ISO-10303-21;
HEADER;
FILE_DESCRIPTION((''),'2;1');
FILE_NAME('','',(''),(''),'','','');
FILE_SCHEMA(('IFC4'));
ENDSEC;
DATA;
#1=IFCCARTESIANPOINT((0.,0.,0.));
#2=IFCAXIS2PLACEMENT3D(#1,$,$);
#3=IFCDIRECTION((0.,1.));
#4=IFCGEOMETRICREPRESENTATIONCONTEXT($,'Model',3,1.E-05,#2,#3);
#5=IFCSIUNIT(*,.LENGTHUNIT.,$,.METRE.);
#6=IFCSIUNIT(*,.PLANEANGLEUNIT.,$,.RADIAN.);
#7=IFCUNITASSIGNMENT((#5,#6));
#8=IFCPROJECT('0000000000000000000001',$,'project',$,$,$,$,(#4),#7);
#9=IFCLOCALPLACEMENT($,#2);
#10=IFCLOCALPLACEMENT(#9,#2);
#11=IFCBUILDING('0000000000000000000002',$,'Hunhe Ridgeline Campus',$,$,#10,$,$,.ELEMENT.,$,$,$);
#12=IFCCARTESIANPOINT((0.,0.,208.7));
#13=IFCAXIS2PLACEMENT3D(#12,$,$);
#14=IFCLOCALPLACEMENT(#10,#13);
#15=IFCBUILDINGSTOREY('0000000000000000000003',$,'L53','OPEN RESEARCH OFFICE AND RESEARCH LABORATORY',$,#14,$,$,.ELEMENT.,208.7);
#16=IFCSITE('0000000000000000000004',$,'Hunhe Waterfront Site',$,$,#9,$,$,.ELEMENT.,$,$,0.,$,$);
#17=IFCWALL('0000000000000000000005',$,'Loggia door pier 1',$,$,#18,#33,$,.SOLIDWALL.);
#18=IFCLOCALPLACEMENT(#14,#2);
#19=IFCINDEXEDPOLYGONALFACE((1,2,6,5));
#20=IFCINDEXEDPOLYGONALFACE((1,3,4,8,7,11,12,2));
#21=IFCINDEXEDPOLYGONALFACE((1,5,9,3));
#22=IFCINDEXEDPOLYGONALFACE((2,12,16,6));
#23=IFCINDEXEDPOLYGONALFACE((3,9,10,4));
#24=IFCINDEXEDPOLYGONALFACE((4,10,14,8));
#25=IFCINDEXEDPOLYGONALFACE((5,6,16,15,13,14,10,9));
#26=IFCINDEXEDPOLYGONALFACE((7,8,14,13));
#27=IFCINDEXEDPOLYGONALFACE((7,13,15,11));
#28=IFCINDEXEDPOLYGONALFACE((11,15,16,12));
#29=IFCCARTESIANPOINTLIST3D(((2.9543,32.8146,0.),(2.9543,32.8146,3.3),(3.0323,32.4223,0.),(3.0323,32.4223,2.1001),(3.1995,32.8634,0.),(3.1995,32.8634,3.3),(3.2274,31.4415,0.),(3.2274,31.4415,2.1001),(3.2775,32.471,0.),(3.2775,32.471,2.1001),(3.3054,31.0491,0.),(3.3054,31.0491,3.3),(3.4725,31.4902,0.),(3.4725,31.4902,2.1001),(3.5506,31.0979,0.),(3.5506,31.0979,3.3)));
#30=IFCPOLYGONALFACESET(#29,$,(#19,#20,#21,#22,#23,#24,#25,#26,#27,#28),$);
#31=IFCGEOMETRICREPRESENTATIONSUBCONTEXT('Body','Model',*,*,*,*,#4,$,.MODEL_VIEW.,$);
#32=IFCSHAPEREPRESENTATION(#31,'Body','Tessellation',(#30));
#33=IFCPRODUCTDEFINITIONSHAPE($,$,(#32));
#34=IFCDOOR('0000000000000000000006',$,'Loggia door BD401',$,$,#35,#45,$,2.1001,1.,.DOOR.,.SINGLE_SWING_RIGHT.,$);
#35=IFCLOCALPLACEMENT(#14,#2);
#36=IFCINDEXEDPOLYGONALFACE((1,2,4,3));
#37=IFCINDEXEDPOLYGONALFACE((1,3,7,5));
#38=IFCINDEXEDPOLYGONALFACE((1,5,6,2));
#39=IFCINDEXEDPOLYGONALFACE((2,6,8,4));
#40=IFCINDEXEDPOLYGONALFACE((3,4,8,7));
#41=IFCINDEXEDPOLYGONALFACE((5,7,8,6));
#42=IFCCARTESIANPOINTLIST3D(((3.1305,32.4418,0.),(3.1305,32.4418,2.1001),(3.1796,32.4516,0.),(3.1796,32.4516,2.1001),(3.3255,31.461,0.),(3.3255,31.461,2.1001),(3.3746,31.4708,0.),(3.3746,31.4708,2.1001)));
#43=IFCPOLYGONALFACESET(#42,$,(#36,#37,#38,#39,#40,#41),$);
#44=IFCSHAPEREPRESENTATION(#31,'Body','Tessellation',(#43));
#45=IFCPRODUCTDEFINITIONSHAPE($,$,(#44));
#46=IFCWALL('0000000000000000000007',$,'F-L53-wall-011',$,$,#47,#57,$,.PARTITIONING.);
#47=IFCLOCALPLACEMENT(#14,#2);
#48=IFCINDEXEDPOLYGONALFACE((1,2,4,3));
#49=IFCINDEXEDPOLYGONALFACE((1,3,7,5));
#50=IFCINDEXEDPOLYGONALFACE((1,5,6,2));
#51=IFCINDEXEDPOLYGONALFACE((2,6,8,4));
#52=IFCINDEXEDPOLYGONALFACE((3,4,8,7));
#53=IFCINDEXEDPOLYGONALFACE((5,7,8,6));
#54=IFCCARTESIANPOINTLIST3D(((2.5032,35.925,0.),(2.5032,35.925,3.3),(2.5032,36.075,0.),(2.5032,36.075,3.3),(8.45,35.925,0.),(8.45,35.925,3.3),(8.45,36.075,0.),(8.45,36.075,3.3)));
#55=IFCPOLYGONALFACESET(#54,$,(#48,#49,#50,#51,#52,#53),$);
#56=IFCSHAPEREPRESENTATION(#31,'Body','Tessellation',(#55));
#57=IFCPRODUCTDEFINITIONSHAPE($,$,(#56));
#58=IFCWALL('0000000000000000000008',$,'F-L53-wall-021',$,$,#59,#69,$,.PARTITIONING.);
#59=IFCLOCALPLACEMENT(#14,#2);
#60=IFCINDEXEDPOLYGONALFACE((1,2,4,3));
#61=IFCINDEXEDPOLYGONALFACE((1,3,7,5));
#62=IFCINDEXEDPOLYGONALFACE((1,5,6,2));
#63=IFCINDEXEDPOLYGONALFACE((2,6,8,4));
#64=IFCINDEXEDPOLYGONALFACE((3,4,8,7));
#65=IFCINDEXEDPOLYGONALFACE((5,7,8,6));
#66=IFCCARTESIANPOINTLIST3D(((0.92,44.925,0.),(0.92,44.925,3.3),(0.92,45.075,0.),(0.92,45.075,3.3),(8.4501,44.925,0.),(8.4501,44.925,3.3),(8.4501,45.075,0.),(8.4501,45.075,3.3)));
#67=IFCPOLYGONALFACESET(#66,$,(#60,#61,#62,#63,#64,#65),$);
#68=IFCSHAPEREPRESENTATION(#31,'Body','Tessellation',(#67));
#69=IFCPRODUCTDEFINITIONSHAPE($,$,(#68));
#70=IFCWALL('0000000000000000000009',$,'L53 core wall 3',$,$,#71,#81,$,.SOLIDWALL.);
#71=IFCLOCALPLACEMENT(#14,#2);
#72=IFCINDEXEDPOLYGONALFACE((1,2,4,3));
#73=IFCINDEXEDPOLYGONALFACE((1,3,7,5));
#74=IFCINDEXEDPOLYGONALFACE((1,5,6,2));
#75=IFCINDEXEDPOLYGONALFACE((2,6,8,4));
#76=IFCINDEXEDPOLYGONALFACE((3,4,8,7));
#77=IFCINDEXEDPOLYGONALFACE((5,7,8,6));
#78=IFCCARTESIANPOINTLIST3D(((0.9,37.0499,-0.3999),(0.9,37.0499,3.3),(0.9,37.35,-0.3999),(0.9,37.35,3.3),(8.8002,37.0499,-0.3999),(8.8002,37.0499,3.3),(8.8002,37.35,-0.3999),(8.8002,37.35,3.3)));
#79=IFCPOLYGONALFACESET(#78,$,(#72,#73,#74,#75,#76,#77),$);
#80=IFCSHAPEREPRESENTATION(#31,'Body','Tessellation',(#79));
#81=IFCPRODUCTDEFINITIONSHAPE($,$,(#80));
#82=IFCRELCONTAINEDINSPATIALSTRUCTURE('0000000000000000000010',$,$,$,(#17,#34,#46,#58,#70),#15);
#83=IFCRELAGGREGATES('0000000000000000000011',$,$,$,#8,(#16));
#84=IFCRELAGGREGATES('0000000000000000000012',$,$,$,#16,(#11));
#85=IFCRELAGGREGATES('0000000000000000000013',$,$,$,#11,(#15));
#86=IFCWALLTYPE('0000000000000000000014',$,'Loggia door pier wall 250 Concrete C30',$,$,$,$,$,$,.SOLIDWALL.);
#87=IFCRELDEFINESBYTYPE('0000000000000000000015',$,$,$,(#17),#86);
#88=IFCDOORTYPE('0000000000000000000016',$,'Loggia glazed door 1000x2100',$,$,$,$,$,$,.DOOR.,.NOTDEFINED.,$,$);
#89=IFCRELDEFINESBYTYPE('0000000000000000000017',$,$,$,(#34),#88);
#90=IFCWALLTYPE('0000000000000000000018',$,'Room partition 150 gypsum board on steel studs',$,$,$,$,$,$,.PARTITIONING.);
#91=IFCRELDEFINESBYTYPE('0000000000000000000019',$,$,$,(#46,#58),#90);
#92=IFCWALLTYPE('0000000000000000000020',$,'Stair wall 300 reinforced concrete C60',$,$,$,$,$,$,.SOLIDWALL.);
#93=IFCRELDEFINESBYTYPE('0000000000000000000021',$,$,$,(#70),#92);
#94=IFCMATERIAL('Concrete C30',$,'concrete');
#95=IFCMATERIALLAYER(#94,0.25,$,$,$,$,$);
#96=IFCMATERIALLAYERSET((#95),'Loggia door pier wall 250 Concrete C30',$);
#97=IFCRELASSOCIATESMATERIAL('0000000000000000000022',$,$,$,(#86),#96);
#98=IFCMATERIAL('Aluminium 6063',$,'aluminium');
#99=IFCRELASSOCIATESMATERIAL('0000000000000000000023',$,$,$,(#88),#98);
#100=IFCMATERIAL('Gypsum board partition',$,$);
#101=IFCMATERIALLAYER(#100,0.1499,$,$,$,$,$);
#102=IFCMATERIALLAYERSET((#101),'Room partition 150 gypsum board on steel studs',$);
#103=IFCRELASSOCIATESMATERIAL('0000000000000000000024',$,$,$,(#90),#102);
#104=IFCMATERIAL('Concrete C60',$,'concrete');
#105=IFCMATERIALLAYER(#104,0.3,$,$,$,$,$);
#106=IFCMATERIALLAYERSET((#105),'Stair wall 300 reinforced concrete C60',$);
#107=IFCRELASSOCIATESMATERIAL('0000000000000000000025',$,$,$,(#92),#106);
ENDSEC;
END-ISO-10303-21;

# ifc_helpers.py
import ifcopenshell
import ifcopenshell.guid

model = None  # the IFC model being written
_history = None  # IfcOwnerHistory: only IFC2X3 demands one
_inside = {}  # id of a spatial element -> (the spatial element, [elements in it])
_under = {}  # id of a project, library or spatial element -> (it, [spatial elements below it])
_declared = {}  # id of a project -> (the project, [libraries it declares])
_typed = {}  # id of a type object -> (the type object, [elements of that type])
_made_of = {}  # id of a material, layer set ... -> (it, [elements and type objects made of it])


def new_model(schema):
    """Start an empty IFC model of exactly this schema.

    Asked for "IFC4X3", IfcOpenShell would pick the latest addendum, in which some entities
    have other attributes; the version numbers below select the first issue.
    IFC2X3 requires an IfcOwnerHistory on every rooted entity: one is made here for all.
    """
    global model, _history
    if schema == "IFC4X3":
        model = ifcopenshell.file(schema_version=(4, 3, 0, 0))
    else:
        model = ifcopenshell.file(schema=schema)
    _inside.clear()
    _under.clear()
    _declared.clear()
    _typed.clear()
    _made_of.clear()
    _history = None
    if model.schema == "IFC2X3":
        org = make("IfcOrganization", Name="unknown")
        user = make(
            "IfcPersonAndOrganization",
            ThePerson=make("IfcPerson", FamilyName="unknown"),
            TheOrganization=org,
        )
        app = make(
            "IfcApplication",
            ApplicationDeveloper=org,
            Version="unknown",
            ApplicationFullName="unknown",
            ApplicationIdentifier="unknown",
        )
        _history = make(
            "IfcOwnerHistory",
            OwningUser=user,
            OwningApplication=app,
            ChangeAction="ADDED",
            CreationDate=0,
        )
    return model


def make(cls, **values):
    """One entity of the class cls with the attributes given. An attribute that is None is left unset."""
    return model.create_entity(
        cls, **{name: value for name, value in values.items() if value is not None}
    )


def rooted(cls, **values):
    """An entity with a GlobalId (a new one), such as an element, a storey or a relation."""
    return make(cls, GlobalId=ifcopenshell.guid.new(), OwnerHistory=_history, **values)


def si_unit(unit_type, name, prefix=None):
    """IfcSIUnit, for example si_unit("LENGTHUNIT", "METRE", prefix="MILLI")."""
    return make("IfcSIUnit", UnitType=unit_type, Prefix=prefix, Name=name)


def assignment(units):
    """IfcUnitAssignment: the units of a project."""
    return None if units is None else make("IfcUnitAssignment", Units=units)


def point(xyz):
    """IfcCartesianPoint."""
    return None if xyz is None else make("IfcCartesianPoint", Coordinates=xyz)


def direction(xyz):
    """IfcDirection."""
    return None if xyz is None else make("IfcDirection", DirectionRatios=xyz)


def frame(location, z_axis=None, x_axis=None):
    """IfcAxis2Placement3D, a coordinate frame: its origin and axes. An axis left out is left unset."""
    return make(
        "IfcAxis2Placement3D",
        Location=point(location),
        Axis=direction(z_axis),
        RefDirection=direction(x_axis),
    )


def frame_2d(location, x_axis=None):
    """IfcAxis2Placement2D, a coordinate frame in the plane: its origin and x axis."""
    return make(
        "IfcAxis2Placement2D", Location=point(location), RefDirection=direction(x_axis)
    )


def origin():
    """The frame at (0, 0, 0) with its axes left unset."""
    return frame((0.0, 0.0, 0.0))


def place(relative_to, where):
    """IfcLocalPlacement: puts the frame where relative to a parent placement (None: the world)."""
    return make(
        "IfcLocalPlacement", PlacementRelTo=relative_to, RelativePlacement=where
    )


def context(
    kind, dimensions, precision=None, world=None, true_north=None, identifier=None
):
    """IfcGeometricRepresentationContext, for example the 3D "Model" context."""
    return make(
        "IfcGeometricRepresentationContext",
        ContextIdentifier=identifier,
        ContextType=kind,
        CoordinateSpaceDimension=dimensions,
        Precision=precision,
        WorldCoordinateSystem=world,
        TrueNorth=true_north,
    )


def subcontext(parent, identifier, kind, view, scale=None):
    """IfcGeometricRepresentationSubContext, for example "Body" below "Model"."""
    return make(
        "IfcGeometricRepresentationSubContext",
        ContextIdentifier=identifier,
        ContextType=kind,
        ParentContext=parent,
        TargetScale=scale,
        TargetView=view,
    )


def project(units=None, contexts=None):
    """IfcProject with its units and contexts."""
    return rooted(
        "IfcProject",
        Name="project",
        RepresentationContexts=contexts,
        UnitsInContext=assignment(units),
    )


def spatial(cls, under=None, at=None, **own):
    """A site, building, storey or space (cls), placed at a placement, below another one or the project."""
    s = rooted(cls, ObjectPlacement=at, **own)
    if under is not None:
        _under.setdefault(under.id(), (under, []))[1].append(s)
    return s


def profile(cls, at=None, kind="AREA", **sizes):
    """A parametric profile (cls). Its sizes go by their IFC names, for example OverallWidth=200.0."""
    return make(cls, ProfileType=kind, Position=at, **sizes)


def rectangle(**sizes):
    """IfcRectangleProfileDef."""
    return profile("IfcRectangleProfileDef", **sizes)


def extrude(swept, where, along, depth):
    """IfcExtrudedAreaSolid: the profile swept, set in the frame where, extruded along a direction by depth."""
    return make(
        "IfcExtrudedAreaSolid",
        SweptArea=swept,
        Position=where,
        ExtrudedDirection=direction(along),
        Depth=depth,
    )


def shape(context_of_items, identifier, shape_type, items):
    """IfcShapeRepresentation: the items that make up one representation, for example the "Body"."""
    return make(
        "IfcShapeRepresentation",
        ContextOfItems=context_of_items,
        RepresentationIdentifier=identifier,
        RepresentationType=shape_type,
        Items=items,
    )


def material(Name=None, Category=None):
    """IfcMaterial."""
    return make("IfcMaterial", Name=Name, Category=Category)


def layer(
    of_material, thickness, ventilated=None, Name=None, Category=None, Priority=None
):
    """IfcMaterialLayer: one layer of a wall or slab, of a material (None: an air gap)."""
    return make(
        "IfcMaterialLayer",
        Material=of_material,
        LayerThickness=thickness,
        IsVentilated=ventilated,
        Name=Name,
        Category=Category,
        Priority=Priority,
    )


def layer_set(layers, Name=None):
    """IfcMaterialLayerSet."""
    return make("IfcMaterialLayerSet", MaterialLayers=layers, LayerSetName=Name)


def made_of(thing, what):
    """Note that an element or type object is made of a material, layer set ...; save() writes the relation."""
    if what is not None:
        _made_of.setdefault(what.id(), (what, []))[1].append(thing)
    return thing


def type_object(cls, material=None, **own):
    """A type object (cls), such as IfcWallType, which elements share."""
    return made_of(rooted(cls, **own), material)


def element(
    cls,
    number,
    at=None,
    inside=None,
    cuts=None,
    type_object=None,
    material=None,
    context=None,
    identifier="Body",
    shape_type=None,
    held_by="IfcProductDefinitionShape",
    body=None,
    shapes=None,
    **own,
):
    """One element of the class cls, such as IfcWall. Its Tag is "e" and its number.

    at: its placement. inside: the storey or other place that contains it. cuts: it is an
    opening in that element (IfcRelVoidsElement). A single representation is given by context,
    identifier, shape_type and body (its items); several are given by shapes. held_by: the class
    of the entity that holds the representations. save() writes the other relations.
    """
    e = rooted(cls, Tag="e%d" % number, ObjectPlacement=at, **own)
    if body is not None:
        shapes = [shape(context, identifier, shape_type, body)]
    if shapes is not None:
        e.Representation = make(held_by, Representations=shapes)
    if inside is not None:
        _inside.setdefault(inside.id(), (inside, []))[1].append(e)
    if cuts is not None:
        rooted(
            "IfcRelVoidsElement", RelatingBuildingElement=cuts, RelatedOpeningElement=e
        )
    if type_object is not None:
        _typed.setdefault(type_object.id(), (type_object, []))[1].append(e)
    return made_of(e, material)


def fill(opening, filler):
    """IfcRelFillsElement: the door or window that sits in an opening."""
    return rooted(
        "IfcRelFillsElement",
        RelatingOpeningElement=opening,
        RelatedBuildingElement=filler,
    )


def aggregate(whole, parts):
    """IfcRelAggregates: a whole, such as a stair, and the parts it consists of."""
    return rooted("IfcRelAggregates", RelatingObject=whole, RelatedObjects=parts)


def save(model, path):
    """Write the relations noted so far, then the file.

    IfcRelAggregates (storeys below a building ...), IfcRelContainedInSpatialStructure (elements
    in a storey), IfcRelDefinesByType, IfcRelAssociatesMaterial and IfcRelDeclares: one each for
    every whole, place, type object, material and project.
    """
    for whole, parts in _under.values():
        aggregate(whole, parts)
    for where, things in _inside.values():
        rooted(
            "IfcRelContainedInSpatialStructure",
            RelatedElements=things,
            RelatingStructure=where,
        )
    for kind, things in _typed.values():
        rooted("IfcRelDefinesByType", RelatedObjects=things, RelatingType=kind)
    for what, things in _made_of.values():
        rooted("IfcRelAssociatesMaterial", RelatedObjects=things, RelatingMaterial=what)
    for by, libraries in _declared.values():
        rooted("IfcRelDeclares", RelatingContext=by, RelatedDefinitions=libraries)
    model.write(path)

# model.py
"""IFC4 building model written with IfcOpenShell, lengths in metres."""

from ifc_helpers import new_model, si_unit, direction, frame, frame_2d, origin, place, context, subcontext, project, spatial, rectangle, extrude, material, layer, layer_set, type_object, element, fill, save


model = new_model("IFC4")

# Units and contexts
model_context = context("Model", 3, precision=1e-05, world=origin(), true_north=direction((0.0, 1.0)))
body_context = subcontext(model_context, "Body", "Model", "MODEL_VIEW")
ifc_project = project(units=[si_unit("LENGTHUNIT", "METRE"), si_unit("PLANEANGLEUNIT", "RADIAN")], contexts=[model_context])

# Site, building, storey
site_placement = place(None, origin())
site = spatial("IfcSite", under=ifc_project, at=site_placement, Name="Hunhe Waterfront Site", CompositionType="ELEMENT", RefElevation=0.0)
building_placement = place(site_placement, origin())
building = spatial("IfcBuilding", under=site, at=building_placement, Name="Hunhe Ridgeline Campus", CompositionType="ELEMENT")
storey_placement = place(building_placement, frame((0.0, 0.0, 208.7)))
storey = spatial("IfcBuildingStorey", under=building, at=storey_placement, Name="L53", Description="OPEN RESEARCH OFFICE AND RESEARCH LABORATORY", CompositionType="ELEMENT", Elevation=208.7)

# Shared definitions
ifc_material_1 = material(Name="Concrete C60", Category="concrete")

# Shared definitions
ifc_material_2 = material(Name="Aluminium 6063", Category="aluminium")

# Shared definitions
ifc_material_3 = material(Name="Concrete C30", Category="concrete")

# Wall, opening, door
ifc_layer_1 = layer(ifc_material_3, 0.25)
ifc_layer_set_1 = layer_set([ifc_layer_1], Name="Loggia door pier wall 250 Concrete C30")
wall_type_1 = type_object("IfcWallType", Name="Loggia door pier wall 250 Concrete C30", PredefinedType="SOLIDWALL", material=ifc_layer_set_1)
wall_1_placement = place(storey_placement, frame((3.0769, 32.8389, 0.0), z_axis=(0.0, 0.0, 1.0), x_axis=(0.195047, -0.980794, 0.0)))
wall_1 = element("IfcWall", 1, at=wall_1_placement, inside=storey, type_object=wall_type_1, Name="Loggia door pier 1", PredefinedType="SOLIDWALL", context=body_context, shape_type="SweptSolid", body=[
    extrude(rectangle(XDim=1.8, YDim=0.25, at=frame_2d((0.8999, 0.0))), origin(), (0.0, 0.0, 1.0), 3.3),
])
opening_1_placement = place(wall_1_placement, frame((0.3999, 0.0, 0.0)))
opening_1 = element("IfcOpeningElement", 2, at=opening_1_placement, cuts=wall_1, PredefinedType="OPENING", context=body_context, shape_type="SweptSolid", body=[
    extrude(rectangle(XDim=1.0, YDim=2.1001, at=frame_2d((0.5, 1.05))), frame((0.0, 0.125, 0.0), z_axis=(0.0, -1.0, 0.0), x_axis=(1.0, 0.0, 0.0)), (0.0, 0.0, 1.0), 0.25),
])
door_type_1 = type_object("IfcDoorType", Name="Loggia glazed door 1000x2100", OperationType="NOTDEFINED", PredefinedType="DOOR", material=ifc_material_2)
door_1_placement = place(opening_1_placement, frame((1.0, 0.0, 0.0), z_axis=(0.0, 0.0, 1.0), x_axis=(-1.0, 0.0, 0.0)))
door_1 = element("IfcDoor", 3, at=door_1_placement, inside=storey, type_object=door_type_1, Name="Loggia door BD401", OperationType="SINGLE_SWING_RIGHT", OverallHeight=2.1001, OverallWidth=1.0, PredefinedType="DOOR", context=body_context, shape_type="SweptSolid", body=[
    extrude(rectangle(XDim=1.0, YDim=2.1001, at=frame_2d((0.5, 1.05))), frame((0.0, 0.0249, 0.0), z_axis=(0.0, -1.0, 0.0), x_axis=(1.0, 0.0, 0.0)), (0.0, 0.0, 1.0), 0.05),
])
fill(opening_1, door_1)

# Walls
ifc_material_4 = material(Name="Gypsum board partition")
ifc_layer_2 = layer(ifc_material_4, 0.1499)
ifc_layer_set_2 = layer_set([ifc_layer_2], Name="Room partition 150 gypsum board on steel studs")
wall_type_2 = type_object("IfcWallType", Name="Room partition 150 gypsum board on steel studs", PredefinedType="PARTITIONING", material=ifc_layer_set_2)
wall_2_placement = place(storey_placement, frame((2.5032, 36.0, 0.0), z_axis=(0.0, 0.0, 1.0), x_axis=(1.0, 0.0, 0.0)))
element("IfcWall", 4, at=wall_2_placement, inside=storey, type_object=wall_type_2, Name="F-L53-wall-011", PredefinedType="PARTITIONING", context=body_context, shape_type="SweptSolid", body=[
    extrude(rectangle(XDim=5.9468, YDim=0.1499, at=frame_2d((2.9734, 0.0))), origin(), (0.0, 0.0, 1.0), 3.3),
])
wall_3_placement = place(storey_placement, frame((0.9199, 45.0, 0.0), z_axis=(0.0, 0.0, 1.0), x_axis=(1.0, 0.0, 0.0)))
element("IfcWall", 5, at=wall_3_placement, inside=storey, type_object=wall_type_2, Name="F-L53-wall-021", PredefinedType="PARTITIONING", context=body_context, shape_type="SweptSolid", body=[
    extrude(rectangle(XDim=7.53, YDim=0.1499, at=frame_2d((3.7651, 0.0))), origin(), (0.0, 0.0, 1.0), 3.3),
])
ifc_layer_3 = layer(ifc_material_1, 0.3)
ifc_layer_set_3 = layer_set([ifc_layer_3], Name="Stair wall 300 reinforced concrete C60")
wall_type_3 = type_object("IfcWallType", Name="Stair wall 300 reinforced concrete C60", PredefinedType="SOLIDWALL", material=ifc_layer_set_3)
wall_4_placement = place(storey_placement, frame((0.8999, 37.2, -0.3999), z_axis=(0.0, 0.0, 1.0), x_axis=(1.0, 0.0, 0.0)))
element("IfcWall", 6, at=wall_4_placement, inside=storey, type_object=wall_type_3, Name="L53 core wall 3", PredefinedType="SOLIDWALL", context=body_context, shape_type="SweptSolid", body=[
    extrude(rectangle(XDim=7.9001, YDim=0.3, at=frame_2d((3.9502, 0.0))), origin(), (0.0, 0.0, 1.0), 3.7),
])

save(model, "model.ifc")
